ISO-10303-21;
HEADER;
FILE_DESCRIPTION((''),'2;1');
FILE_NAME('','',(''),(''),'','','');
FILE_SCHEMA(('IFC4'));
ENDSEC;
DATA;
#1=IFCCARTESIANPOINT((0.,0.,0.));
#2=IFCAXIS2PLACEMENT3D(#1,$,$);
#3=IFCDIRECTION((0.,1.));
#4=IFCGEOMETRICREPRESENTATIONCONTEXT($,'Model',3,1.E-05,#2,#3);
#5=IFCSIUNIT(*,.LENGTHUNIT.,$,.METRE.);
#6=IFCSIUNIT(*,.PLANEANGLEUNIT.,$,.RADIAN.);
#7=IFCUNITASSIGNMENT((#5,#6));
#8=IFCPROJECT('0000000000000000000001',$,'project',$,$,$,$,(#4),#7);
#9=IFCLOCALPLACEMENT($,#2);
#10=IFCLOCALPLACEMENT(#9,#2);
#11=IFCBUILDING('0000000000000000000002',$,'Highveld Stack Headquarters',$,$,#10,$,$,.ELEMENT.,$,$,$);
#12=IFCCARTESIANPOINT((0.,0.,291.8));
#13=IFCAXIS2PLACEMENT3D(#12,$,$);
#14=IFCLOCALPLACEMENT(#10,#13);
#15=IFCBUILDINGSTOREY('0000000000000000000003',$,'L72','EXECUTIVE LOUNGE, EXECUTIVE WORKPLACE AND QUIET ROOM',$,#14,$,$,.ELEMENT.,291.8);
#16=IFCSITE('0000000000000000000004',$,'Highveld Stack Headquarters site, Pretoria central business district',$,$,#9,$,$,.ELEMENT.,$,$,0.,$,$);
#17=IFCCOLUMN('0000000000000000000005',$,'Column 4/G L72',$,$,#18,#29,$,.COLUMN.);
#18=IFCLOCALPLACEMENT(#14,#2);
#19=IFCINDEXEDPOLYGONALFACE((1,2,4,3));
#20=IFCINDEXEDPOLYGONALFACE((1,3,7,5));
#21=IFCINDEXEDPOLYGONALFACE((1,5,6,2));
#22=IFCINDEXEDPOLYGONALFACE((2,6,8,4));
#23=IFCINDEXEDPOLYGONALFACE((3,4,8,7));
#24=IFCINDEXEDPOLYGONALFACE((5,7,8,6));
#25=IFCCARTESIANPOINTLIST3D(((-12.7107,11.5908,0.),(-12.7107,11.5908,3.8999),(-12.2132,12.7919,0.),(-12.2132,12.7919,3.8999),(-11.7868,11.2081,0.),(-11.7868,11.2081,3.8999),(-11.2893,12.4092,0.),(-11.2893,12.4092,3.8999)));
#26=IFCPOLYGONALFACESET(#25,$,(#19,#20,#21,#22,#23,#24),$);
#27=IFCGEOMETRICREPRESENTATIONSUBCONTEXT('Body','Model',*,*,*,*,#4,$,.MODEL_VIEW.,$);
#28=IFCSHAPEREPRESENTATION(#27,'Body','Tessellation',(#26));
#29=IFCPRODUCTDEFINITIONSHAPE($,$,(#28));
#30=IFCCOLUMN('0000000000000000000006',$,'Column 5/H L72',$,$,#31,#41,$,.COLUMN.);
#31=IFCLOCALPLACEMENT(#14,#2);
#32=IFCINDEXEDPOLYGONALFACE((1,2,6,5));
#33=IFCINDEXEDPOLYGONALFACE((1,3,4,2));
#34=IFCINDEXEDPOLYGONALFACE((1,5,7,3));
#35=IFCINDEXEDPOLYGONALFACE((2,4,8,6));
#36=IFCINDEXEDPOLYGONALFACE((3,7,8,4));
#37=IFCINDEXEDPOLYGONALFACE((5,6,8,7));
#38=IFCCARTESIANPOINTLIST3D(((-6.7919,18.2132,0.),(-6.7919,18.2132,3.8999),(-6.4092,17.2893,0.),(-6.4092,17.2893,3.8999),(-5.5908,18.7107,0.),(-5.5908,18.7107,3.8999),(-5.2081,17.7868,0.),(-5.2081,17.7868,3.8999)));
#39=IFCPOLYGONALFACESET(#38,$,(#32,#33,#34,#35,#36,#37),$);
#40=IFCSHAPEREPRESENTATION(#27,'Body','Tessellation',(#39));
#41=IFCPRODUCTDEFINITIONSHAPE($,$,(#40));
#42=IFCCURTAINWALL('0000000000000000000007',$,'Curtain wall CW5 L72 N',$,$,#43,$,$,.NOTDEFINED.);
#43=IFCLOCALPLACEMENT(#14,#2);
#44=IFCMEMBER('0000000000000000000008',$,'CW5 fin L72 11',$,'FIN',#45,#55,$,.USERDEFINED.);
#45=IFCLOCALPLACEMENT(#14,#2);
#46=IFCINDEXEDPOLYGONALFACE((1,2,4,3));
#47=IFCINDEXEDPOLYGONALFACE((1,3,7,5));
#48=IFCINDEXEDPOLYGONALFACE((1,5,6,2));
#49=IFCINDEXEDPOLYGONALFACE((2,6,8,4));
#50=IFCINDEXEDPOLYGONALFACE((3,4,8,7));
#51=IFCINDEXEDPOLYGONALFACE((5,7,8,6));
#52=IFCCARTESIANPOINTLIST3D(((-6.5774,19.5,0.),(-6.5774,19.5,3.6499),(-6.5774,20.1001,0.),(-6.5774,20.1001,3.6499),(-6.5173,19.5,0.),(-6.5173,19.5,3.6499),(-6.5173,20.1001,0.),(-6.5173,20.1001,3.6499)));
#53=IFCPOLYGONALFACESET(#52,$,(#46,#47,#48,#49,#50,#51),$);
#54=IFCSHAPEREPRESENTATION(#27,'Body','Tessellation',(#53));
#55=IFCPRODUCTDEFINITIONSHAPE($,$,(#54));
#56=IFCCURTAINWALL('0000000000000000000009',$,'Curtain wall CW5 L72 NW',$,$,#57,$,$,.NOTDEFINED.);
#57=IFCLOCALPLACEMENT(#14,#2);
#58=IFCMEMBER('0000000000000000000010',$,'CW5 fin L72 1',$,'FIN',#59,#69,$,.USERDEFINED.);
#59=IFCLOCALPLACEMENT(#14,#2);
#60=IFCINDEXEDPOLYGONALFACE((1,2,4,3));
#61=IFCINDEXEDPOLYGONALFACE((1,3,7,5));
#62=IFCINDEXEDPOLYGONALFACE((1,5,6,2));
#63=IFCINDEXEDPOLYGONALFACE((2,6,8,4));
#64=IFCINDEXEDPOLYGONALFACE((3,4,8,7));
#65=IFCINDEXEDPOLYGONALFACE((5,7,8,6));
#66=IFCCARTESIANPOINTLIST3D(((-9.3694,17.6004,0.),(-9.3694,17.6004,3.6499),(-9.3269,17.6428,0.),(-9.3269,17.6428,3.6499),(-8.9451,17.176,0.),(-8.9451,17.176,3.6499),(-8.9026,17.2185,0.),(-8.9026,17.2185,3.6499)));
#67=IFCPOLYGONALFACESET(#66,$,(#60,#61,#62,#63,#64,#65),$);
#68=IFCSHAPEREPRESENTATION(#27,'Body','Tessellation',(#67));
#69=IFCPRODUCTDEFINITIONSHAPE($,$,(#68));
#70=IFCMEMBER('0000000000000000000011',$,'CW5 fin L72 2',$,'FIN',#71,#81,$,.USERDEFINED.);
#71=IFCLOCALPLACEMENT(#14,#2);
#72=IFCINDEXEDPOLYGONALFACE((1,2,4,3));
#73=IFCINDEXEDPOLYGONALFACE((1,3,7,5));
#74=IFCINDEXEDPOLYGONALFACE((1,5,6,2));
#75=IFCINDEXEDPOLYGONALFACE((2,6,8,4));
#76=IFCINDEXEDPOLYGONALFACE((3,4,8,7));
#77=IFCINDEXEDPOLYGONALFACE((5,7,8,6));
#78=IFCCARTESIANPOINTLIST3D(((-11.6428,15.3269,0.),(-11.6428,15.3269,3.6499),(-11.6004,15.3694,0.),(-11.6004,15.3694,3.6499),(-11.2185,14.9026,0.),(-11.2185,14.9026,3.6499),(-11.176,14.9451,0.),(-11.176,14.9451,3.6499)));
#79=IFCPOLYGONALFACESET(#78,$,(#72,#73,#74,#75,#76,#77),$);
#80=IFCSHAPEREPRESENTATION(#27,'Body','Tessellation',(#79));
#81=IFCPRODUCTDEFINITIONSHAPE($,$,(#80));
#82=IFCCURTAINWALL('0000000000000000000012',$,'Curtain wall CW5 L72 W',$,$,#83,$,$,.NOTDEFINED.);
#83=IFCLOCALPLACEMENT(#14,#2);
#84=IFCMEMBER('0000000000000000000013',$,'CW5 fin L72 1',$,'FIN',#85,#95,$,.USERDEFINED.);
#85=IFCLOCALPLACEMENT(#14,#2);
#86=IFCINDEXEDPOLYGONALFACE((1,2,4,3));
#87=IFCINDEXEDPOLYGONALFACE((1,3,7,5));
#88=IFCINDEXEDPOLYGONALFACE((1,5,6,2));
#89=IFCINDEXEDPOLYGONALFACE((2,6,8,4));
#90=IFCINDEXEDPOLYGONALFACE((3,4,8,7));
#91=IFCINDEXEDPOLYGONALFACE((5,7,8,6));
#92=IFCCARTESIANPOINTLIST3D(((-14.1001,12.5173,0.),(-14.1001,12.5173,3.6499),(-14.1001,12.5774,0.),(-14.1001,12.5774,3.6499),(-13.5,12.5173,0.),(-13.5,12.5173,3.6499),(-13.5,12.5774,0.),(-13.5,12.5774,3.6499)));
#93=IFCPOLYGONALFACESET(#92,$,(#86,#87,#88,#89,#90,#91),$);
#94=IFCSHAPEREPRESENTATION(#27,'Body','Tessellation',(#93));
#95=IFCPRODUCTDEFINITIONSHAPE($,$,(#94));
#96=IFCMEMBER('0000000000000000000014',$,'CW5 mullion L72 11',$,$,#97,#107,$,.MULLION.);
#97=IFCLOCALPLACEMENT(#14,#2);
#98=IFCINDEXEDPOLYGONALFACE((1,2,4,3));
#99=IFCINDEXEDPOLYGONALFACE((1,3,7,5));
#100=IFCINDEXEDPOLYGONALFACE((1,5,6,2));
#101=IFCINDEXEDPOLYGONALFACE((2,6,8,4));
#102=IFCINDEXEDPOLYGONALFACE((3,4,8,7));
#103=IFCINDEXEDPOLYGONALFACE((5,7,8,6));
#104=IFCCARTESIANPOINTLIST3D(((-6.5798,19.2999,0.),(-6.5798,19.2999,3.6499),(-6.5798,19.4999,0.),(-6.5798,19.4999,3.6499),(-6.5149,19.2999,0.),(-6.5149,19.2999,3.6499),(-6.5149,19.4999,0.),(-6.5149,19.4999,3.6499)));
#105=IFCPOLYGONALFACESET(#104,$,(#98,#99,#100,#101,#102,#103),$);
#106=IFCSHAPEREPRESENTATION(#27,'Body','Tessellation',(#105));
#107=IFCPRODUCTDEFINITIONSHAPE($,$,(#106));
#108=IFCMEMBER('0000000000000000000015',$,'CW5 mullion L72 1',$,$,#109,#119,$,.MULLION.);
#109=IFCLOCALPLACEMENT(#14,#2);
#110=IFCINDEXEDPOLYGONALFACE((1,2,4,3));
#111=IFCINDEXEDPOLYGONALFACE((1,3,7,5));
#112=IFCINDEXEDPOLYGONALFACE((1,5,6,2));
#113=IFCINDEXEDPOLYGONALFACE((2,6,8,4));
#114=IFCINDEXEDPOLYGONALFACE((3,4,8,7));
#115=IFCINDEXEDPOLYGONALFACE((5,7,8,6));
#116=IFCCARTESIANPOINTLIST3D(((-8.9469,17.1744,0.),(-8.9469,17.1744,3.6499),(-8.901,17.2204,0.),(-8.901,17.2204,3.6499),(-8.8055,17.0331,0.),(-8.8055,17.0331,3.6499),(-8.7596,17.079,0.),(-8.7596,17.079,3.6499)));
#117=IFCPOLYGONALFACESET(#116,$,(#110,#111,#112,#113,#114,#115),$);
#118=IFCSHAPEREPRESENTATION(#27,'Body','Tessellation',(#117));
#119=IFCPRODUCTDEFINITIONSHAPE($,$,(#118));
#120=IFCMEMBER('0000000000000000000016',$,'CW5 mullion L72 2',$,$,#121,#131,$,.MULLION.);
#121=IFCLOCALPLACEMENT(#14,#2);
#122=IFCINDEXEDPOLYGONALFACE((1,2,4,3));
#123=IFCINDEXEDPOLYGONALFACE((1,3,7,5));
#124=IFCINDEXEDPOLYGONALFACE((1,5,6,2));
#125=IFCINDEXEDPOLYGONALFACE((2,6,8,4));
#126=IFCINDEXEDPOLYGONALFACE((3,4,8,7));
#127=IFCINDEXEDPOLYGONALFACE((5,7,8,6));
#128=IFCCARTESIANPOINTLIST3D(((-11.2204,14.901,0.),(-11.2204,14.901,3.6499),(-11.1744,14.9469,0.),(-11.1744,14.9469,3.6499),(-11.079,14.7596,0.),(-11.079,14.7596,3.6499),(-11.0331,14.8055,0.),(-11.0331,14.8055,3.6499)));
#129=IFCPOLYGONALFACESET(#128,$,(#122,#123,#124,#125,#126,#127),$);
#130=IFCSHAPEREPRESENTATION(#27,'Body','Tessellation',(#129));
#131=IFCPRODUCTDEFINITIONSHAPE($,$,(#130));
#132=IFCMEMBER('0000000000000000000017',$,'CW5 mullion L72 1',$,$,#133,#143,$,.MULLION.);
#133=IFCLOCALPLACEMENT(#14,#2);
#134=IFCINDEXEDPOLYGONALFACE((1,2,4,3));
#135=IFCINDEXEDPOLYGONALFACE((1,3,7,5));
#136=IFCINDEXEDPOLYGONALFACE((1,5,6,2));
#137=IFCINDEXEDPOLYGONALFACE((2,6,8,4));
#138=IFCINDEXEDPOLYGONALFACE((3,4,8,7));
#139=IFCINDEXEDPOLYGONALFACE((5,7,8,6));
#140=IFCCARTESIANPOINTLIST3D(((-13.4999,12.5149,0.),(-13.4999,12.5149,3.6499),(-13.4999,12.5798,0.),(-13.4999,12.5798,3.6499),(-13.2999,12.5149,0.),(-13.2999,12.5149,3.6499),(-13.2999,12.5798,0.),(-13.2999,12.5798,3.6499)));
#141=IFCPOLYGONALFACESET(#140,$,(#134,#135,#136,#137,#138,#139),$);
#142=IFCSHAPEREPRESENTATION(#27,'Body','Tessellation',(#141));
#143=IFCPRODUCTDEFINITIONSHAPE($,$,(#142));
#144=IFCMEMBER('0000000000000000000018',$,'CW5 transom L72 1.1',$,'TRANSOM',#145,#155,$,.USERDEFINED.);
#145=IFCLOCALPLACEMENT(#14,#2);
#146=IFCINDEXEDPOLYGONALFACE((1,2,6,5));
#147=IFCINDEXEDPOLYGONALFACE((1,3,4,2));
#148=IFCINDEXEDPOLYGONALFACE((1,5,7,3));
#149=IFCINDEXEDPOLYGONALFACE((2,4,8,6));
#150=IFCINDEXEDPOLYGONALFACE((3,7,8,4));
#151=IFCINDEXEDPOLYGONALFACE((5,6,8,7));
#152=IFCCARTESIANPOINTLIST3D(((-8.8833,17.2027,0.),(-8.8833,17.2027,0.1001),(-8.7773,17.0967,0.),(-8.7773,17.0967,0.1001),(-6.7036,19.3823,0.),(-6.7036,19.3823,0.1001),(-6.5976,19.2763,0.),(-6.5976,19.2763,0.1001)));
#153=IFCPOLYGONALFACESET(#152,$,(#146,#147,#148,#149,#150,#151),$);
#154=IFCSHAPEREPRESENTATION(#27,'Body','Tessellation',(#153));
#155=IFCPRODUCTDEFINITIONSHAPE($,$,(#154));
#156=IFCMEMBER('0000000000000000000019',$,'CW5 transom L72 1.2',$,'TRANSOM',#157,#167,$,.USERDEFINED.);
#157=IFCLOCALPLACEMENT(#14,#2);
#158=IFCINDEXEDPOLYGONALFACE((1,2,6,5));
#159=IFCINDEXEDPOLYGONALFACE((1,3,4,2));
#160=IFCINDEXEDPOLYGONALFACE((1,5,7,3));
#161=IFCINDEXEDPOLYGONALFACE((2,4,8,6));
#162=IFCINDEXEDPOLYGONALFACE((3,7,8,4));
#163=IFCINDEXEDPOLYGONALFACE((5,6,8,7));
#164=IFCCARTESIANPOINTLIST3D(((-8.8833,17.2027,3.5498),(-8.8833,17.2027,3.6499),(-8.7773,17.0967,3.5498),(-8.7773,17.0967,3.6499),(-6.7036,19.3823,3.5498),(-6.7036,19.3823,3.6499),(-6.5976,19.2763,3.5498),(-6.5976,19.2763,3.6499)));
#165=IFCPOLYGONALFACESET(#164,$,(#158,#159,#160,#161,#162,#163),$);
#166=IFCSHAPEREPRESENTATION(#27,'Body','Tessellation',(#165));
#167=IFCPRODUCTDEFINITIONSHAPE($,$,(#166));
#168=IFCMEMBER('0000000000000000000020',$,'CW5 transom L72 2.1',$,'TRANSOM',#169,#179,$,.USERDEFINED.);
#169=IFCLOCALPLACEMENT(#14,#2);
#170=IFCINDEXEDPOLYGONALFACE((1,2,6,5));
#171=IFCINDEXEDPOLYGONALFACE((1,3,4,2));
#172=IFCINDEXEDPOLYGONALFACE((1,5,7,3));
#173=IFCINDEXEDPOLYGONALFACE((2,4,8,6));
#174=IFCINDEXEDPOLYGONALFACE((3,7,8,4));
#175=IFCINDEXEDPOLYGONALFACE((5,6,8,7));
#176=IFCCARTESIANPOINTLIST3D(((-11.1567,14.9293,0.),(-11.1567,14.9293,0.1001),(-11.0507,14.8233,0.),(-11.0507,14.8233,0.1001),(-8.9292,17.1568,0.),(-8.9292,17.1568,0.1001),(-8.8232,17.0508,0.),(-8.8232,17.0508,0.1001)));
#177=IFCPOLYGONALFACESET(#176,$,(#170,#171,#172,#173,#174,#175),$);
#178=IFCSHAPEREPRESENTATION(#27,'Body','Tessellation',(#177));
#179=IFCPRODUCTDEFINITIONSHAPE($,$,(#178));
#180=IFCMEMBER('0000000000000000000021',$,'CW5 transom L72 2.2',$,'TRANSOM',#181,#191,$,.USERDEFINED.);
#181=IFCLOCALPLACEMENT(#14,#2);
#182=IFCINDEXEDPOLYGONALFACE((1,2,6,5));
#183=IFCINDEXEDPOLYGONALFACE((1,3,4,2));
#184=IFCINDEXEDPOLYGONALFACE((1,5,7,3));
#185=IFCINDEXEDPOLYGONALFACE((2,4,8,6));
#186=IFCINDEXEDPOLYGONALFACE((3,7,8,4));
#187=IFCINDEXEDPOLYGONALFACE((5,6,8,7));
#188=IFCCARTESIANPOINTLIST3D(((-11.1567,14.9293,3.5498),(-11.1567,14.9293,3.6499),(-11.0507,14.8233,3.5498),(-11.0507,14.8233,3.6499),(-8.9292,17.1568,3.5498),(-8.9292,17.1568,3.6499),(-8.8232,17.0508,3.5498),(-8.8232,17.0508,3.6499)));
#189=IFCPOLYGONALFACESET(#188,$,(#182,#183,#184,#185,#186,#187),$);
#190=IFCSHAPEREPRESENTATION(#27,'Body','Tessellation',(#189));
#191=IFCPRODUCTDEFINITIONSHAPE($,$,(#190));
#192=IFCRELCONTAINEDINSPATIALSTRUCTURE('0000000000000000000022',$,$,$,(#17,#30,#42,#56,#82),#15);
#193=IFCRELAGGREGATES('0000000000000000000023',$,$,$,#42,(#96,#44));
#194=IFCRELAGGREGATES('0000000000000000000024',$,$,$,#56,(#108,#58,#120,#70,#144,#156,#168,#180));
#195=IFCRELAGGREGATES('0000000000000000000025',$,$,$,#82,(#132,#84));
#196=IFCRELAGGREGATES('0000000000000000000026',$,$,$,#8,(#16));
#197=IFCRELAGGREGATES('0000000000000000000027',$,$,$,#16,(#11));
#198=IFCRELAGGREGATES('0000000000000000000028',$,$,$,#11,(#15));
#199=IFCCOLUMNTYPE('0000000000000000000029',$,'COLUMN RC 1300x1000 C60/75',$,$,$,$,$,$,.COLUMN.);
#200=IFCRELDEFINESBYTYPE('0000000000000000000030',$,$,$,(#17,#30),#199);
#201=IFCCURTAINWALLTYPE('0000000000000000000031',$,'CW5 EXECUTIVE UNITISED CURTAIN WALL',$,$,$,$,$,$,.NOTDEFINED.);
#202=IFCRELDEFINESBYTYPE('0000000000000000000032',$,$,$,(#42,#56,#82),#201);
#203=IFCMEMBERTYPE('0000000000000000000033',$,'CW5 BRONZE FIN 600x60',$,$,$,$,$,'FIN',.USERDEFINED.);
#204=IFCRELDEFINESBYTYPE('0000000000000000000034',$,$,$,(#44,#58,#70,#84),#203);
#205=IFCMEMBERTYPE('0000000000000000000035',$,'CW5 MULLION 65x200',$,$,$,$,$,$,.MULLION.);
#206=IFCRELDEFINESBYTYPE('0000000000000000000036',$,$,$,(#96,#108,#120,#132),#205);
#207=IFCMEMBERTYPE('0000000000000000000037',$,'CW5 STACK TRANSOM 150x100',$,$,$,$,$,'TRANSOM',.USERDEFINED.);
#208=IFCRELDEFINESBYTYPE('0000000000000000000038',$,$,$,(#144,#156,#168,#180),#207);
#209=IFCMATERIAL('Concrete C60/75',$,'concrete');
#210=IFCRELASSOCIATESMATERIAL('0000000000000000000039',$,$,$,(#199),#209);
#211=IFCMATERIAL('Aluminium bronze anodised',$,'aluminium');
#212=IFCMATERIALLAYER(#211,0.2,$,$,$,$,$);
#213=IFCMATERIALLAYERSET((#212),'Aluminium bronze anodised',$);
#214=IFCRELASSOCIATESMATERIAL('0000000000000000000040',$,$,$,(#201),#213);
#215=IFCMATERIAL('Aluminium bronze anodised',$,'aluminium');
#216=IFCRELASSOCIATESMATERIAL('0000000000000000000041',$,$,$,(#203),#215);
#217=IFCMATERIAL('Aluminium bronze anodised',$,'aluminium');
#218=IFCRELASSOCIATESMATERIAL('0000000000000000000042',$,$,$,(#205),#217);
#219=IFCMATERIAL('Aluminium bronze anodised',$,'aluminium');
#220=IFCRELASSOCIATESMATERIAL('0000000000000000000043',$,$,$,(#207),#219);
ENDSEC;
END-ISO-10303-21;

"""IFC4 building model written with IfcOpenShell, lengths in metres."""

from ifc_helpers import new_model, si_unit, direction, frame, origin, origin_2d, place, context, subcontext, project, spatial, rectangle, extrude, material, layer, layer_set, material_profile, profile_set, type_object, element, aggregate, save


model = new_model("IFC4")

# Units and contexts
model_context = context("Model", 3, precision=1e-05, world=origin(), true_north=direction((0.0, 1.0)))
body_context = subcontext(model_context, "Body", "Model", "MODEL_VIEW")
ifc_project = project(units=[si_unit("LENGTHUNIT", "METRE"), si_unit("PLANEANGLEUNIT", "RADIAN")], contexts=[model_context])

# Site, building, storey
site_placement = place(None, origin())
site = spatial("IfcSite", under=ifc_project, at=site_placement, Name="Highveld Stack Headquarters site, Pretoria central business district", CompositionType="ELEMENT", RefElevation=0.0)
building_placement = place(site_placement, origin())
building = spatial("IfcBuilding", under=site, at=building_placement, Name="Highveld Stack Headquarters", CompositionType="ELEMENT")
storey_placement = place(building_placement, frame((0.0, 0.0, 291.8)))
storey = spatial("IfcBuildingStorey", under=building, at=storey_placement, Name="L72", Description="EXECUTIVE LOUNGE, EXECUTIVE WORKPLACE AND QUIET ROOM", CompositionType="ELEMENT", Elevation=291.8)

# Columns
ifc_material_1 = material(Name="Concrete C60/75", Category="concrete")
ifc_material_profile_1 = material_profile(ifc_material_1, rectangle(XDim=1.3, YDim=1.0, at=origin_2d()), Name="RC 1300x1000")
ifc_profile_set_1 = profile_set([ifc_material_profile_1], Name="Concrete C60/75")
column_type = type_object("IfcColumnType", Name="COLUMN RC 1300x1000 C60/75", PredefinedType="COLUMN", material=ifc_profile_set_1)
for number, where, z_axis, x_axis, name in (
    (1, (-12.0, 12.0, 0.0), (0.0, 0.0, 1.0), (0.382683, 0.92388, 0.0), "Column 4/G L72"),
    (2, (-6.0, 18.0, 0.0), (0.0, 0.0, 1.0), (0.92388, 0.382683, 0.0), "Column 5/H L72"),
):
    element("IfcColumn", number, at=place(storey_placement, frame(where, z_axis=z_axis, x_axis=x_axis)), inside=storey, type_object=column_type, Name=name, PredefinedType="COLUMN", context=body_context, shape_type="SweptSolid", body=[
        extrude(rectangle(XDim=1.3, YDim=1.0, at=origin_2d()), origin(), (0.0, 0.0, 1.0), 3.8999),
    ])

# Curtain wall, member
ifc_material_2 = material(Name="Aluminium bronze anodised", Category="aluminium")
ifc_layer_1 = layer(ifc_material_2, 0.2)
ifc_layer_set_1 = layer_set([ifc_layer_1], Name="Aluminium bronze anodised")
curtain_wall_type = type_object("IfcCurtainWallType", Name="CW5 EXECUTIVE UNITISED CURTAIN WALL", PredefinedType="NOTDEFINED", material=ifc_layer_set_1)
curtain_wall_1_placement = place(storey_placement, origin())
curtain_wall_1 = element("IfcCurtainWall", 3, at=curtain_wall_1_placement, inside=storey, type_object=curtain_wall_type, Name="Curtain wall CW5 L72 N", PredefinedType="NOTDEFINED")
ifc_material_3 = material(Name="Aluminium bronze anodised", Category="aluminium")
ifc_material_profile_2 = material_profile(ifc_material_3, rectangle(XDim=0.6001, YDim=0.0601, at=origin_2d()), Name="FIN 600x60")
ifc_profile_set_2 = profile_set([ifc_material_profile_2], Name="Aluminium bronze anodised")
member_type_1 = type_object("IfcMemberType", Name="CW5 BRONZE FIN 600x60", ElementType="FIN", PredefinedType="USERDEFINED", material=ifc_profile_set_2)
member_1_placement = place(storey_placement, frame((-6.5474, 19.8, 0.0), z_axis=(0.0, 0.0, 1.0), x_axis=(0.0, -1.0, 0.0)))
member_1 = element("IfcMember", 4, at=member_1_placement, type_object=member_type_1, Name="CW5 fin L72 11", ObjectType="FIN", PredefinedType="USERDEFINED", context=body_context, shape_type="SweptSolid", body=[
    extrude(rectangle(XDim=0.6001, YDim=0.0601, at=origin_2d()), origin(), (0.0, 0.0, 1.0), 3.6499),
])

# Curtain wall, members
curtain_wall_2_placement = place(storey_placement, origin())
curtain_wall_2 = element("IfcCurtainWall", 5, at=curtain_wall_2_placement, inside=storey, type_object=curtain_wall_type, Name="Curtain wall CW5 L72 NW", PredefinedType="NOTDEFINED")
member_2_placement = place(storey_placement, frame((-9.136, 17.4094, 0.0), z_axis=(0.0, 0.0, 1.0), x_axis=(0.707107, -0.707107, 0.0)))
member_2 = element("IfcMember", 6, at=member_2_placement, type_object=member_type_1, Name="CW5 fin L72 1", ObjectType="FIN", PredefinedType="USERDEFINED", context=body_context, shape_type="SweptSolid", body=[
    extrude(rectangle(XDim=0.6001, YDim=0.0601, at=origin_2d()), origin(), (0.0, 0.0, 1.0), 3.6499),
])
member_3_placement = place(storey_placement, frame((-11.4094, 15.136, 0.0), z_axis=(0.0, 0.0, 1.0), x_axis=(0.707107, -0.707107, 0.0)))
member_3 = element("IfcMember", 7, at=member_3_placement, type_object=member_type_1, Name="CW5 fin L72 2", ObjectType="FIN", PredefinedType="USERDEFINED", context=body_context, shape_type="SweptSolid", body=[
    extrude(rectangle(XDim=0.6001, YDim=0.0601, at=origin_2d()), origin(), (0.0, 0.0, 1.0), 3.6499),
])

# Curtain wall, member
curtain_wall_3_placement = place(storey_placement, origin())
curtain_wall_3 = element("IfcCurtainWall", 8, at=curtain_wall_3_placement, inside=storey, type_object=curtain_wall_type, Name="Curtain wall CW5 L72 W", PredefinedType="NOTDEFINED")
member_4_placement = place(storey_placement, frame((-13.8, 12.5474, 0.0), z_axis=(0.0, 0.0, 1.0), x_axis=(1.0, 0.0, 0.0)))
member_4 = element("IfcMember", 9, at=member_4_placement, type_object=member_type_1, Name="CW5 fin L72 1", ObjectType="FIN", PredefinedType="USERDEFINED", context=body_context, shape_type="SweptSolid", body=[
    extrude(rectangle(XDim=0.6001, YDim=0.0601, at=origin_2d()), origin(), (0.0, 0.0, 1.0), 3.6499),
])

# Members
ifc_material_4 = material(Name="Aluminium bronze anodised", Category="aluminium")
ifc_material_profile_3 = material_profile(ifc_material_4, rectangle(XDim=0.2, YDim=0.0649, at=origin_2d()), Name="CW5 MULLION 65x200")
ifc_profile_set_3 = profile_set([ifc_material_profile_3], Name="Aluminium bronze anodised")
member_type_2 = type_object("IfcMemberType", Name="CW5 MULLION 65x200", PredefinedType="MULLION", material=ifc_profile_set_3)
member_5_placement = place(storey_placement, frame((-6.5474, 19.3999, 0.0), z_axis=(0.0, 0.0, 1.0), x_axis=(0.0, -1.0, 0.0)))
member_5 = element("IfcMember", 10, at=member_5_placement, type_object=member_type_2, Name="CW5 mullion L72 11", PredefinedType="MULLION", context=body_context, shape_type="SweptSolid", body=[
    extrude(rectangle(XDim=0.2, YDim=0.0649, at=origin_2d()), origin(), (0.0, 0.0, 1.0), 3.6499),
])
aggregate(curtain_wall_1, [member_5, member_1])
member_6_placement = place(storey_placement, frame((-8.8533, 17.1267, 0.0), z_axis=(0.0, 0.0, 1.0), x_axis=(0.707107, -0.707107, 0.0)))
member_6 = element("IfcMember", 11, at=member_6_placement, type_object=member_type_2, Name="CW5 mullion L72 1", PredefinedType="MULLION", context=body_context, shape_type="SweptSolid", body=[
    extrude(rectangle(XDim=0.2, YDim=0.0649, at=origin_2d()), origin(), (0.0, 0.0, 1.0), 3.6499),
])
member_7_placement = place(storey_placement, frame((-11.1267, 14.8533, 0.0), z_axis=(0.0, 0.0, 1.0), x_axis=(0.707107, -0.707107, 0.0)))
member_7 = element("IfcMember", 12, at=member_7_placement, type_object=member_type_2, Name="CW5 mullion L72 2", PredefinedType="MULLION", context=body_context, shape_type="SweptSolid", body=[
    extrude(rectangle(XDim=0.2, YDim=0.0649, at=origin_2d()), origin(), (0.0, 0.0, 1.0), 3.6499),
])
member_8_placement = place(storey_placement, frame((-13.3999, 12.5474, 0.0), z_axis=(0.0, 0.0, 1.0), x_axis=(1.0, 0.0, 0.0)))
member_8 = element("IfcMember", 13, at=member_8_placement, type_object=member_type_2, Name="CW5 mullion L72 1", PredefinedType="MULLION", context=body_context, shape_type="SweptSolid", body=[
    extrude(rectangle(XDim=0.2, YDim=0.0649, at=origin_2d()), origin(), (0.0, 0.0, 1.0), 3.6499),
])
ifc_material_5 = material(Name="Aluminium bronze anodised", Category="aluminium")
ifc_material_profile_4 = material_profile(ifc_material_5, rectangle(XDim=0.1499, YDim=0.1001, at=origin_2d()), Name="CW5 TRANSOM 150x100")
ifc_profile_set_4 = profile_set([ifc_material_profile_4], Name="Aluminium bronze anodised")
member_type_3 = type_object("IfcMemberType", Name="CW5 STACK TRANSOM 150x100", ElementType="TRANSOM", PredefinedType="USERDEFINED", material=ifc_profile_set_4)
member_9_placement = place(storey_placement, frame((-6.6506, 19.3293, 0.05), z_axis=(-0.707107, -0.707107, 0.0), x_axis=(0.707107, -0.707107, 0.0)))
member_9 = element("IfcMember", 14, at=member_9_placement, type_object=member_type_3, Name="CW5 transom L72 1.1", ObjectType="TRANSOM", PredefinedType="USERDEFINED", context=body_context, shape_type="SweptSolid", body=[
    extrude(rectangle(XDim=0.1499, YDim=0.1001, at=origin_2d()), origin(), (0.0, 0.0, 1.0), 3.0825),
])
member_10_placement = place(storey_placement, frame((-6.6506, 19.3293, 3.5999), z_axis=(-0.707107, -0.707107, 0.0), x_axis=(0.707107, -0.707107, 0.0)))
member_10 = element("IfcMember", 15, at=member_10_placement, type_object=member_type_3, Name="CW5 transom L72 1.2", ObjectType="TRANSOM", PredefinedType="USERDEFINED", context=body_context, shape_type="SweptSolid", body=[
    extrude(rectangle(XDim=0.1499, YDim=0.1001, at=origin_2d()), origin(), (0.0, 0.0, 1.0), 3.0825),
])
member_11_placement = place(storey_placement, frame((-8.8762, 17.1038, 0.05), z_axis=(-0.707107, -0.707107, 0.0), x_axis=(0.707107, -0.707107, 0.0)))
member_11 = element("IfcMember", 16, at=member_11_placement, type_object=member_type_3, Name="CW5 transom L72 2.1", ObjectType="TRANSOM", PredefinedType="USERDEFINED", context=body_context, shape_type="SweptSolid", body=[
    extrude(rectangle(XDim=0.1499, YDim=0.1001, at=origin_2d()), origin(), (0.0, 0.0, 1.0), 3.1501),
])
member_12_placement = place(storey_placement, frame((-8.8762, 17.1038, 3.5999), z_axis=(-0.707107, -0.707107, 0.0), x_axis=(0.707107, -0.707107, 0.0)))
member_12 = element("IfcMember", 17, at=member_12_placement, type_object=member_type_3, Name="CW5 transom L72 2.2", ObjectType="TRANSOM", PredefinedType="USERDEFINED", context=body_context, shape_type="SweptSolid", body=[
    extrude(rectangle(XDim=0.1499, YDim=0.1001, at=origin_2d()), origin(), (0.0, 0.0, 1.0), 3.1501),
])

aggregate(curtain_wall_2, [member_6, member_2, member_7, member_3, member_9, member_10, member_11, member_12])
aggregate(curtain_wall_3, [member_8, member_4])

save(model, "model.ifc")
